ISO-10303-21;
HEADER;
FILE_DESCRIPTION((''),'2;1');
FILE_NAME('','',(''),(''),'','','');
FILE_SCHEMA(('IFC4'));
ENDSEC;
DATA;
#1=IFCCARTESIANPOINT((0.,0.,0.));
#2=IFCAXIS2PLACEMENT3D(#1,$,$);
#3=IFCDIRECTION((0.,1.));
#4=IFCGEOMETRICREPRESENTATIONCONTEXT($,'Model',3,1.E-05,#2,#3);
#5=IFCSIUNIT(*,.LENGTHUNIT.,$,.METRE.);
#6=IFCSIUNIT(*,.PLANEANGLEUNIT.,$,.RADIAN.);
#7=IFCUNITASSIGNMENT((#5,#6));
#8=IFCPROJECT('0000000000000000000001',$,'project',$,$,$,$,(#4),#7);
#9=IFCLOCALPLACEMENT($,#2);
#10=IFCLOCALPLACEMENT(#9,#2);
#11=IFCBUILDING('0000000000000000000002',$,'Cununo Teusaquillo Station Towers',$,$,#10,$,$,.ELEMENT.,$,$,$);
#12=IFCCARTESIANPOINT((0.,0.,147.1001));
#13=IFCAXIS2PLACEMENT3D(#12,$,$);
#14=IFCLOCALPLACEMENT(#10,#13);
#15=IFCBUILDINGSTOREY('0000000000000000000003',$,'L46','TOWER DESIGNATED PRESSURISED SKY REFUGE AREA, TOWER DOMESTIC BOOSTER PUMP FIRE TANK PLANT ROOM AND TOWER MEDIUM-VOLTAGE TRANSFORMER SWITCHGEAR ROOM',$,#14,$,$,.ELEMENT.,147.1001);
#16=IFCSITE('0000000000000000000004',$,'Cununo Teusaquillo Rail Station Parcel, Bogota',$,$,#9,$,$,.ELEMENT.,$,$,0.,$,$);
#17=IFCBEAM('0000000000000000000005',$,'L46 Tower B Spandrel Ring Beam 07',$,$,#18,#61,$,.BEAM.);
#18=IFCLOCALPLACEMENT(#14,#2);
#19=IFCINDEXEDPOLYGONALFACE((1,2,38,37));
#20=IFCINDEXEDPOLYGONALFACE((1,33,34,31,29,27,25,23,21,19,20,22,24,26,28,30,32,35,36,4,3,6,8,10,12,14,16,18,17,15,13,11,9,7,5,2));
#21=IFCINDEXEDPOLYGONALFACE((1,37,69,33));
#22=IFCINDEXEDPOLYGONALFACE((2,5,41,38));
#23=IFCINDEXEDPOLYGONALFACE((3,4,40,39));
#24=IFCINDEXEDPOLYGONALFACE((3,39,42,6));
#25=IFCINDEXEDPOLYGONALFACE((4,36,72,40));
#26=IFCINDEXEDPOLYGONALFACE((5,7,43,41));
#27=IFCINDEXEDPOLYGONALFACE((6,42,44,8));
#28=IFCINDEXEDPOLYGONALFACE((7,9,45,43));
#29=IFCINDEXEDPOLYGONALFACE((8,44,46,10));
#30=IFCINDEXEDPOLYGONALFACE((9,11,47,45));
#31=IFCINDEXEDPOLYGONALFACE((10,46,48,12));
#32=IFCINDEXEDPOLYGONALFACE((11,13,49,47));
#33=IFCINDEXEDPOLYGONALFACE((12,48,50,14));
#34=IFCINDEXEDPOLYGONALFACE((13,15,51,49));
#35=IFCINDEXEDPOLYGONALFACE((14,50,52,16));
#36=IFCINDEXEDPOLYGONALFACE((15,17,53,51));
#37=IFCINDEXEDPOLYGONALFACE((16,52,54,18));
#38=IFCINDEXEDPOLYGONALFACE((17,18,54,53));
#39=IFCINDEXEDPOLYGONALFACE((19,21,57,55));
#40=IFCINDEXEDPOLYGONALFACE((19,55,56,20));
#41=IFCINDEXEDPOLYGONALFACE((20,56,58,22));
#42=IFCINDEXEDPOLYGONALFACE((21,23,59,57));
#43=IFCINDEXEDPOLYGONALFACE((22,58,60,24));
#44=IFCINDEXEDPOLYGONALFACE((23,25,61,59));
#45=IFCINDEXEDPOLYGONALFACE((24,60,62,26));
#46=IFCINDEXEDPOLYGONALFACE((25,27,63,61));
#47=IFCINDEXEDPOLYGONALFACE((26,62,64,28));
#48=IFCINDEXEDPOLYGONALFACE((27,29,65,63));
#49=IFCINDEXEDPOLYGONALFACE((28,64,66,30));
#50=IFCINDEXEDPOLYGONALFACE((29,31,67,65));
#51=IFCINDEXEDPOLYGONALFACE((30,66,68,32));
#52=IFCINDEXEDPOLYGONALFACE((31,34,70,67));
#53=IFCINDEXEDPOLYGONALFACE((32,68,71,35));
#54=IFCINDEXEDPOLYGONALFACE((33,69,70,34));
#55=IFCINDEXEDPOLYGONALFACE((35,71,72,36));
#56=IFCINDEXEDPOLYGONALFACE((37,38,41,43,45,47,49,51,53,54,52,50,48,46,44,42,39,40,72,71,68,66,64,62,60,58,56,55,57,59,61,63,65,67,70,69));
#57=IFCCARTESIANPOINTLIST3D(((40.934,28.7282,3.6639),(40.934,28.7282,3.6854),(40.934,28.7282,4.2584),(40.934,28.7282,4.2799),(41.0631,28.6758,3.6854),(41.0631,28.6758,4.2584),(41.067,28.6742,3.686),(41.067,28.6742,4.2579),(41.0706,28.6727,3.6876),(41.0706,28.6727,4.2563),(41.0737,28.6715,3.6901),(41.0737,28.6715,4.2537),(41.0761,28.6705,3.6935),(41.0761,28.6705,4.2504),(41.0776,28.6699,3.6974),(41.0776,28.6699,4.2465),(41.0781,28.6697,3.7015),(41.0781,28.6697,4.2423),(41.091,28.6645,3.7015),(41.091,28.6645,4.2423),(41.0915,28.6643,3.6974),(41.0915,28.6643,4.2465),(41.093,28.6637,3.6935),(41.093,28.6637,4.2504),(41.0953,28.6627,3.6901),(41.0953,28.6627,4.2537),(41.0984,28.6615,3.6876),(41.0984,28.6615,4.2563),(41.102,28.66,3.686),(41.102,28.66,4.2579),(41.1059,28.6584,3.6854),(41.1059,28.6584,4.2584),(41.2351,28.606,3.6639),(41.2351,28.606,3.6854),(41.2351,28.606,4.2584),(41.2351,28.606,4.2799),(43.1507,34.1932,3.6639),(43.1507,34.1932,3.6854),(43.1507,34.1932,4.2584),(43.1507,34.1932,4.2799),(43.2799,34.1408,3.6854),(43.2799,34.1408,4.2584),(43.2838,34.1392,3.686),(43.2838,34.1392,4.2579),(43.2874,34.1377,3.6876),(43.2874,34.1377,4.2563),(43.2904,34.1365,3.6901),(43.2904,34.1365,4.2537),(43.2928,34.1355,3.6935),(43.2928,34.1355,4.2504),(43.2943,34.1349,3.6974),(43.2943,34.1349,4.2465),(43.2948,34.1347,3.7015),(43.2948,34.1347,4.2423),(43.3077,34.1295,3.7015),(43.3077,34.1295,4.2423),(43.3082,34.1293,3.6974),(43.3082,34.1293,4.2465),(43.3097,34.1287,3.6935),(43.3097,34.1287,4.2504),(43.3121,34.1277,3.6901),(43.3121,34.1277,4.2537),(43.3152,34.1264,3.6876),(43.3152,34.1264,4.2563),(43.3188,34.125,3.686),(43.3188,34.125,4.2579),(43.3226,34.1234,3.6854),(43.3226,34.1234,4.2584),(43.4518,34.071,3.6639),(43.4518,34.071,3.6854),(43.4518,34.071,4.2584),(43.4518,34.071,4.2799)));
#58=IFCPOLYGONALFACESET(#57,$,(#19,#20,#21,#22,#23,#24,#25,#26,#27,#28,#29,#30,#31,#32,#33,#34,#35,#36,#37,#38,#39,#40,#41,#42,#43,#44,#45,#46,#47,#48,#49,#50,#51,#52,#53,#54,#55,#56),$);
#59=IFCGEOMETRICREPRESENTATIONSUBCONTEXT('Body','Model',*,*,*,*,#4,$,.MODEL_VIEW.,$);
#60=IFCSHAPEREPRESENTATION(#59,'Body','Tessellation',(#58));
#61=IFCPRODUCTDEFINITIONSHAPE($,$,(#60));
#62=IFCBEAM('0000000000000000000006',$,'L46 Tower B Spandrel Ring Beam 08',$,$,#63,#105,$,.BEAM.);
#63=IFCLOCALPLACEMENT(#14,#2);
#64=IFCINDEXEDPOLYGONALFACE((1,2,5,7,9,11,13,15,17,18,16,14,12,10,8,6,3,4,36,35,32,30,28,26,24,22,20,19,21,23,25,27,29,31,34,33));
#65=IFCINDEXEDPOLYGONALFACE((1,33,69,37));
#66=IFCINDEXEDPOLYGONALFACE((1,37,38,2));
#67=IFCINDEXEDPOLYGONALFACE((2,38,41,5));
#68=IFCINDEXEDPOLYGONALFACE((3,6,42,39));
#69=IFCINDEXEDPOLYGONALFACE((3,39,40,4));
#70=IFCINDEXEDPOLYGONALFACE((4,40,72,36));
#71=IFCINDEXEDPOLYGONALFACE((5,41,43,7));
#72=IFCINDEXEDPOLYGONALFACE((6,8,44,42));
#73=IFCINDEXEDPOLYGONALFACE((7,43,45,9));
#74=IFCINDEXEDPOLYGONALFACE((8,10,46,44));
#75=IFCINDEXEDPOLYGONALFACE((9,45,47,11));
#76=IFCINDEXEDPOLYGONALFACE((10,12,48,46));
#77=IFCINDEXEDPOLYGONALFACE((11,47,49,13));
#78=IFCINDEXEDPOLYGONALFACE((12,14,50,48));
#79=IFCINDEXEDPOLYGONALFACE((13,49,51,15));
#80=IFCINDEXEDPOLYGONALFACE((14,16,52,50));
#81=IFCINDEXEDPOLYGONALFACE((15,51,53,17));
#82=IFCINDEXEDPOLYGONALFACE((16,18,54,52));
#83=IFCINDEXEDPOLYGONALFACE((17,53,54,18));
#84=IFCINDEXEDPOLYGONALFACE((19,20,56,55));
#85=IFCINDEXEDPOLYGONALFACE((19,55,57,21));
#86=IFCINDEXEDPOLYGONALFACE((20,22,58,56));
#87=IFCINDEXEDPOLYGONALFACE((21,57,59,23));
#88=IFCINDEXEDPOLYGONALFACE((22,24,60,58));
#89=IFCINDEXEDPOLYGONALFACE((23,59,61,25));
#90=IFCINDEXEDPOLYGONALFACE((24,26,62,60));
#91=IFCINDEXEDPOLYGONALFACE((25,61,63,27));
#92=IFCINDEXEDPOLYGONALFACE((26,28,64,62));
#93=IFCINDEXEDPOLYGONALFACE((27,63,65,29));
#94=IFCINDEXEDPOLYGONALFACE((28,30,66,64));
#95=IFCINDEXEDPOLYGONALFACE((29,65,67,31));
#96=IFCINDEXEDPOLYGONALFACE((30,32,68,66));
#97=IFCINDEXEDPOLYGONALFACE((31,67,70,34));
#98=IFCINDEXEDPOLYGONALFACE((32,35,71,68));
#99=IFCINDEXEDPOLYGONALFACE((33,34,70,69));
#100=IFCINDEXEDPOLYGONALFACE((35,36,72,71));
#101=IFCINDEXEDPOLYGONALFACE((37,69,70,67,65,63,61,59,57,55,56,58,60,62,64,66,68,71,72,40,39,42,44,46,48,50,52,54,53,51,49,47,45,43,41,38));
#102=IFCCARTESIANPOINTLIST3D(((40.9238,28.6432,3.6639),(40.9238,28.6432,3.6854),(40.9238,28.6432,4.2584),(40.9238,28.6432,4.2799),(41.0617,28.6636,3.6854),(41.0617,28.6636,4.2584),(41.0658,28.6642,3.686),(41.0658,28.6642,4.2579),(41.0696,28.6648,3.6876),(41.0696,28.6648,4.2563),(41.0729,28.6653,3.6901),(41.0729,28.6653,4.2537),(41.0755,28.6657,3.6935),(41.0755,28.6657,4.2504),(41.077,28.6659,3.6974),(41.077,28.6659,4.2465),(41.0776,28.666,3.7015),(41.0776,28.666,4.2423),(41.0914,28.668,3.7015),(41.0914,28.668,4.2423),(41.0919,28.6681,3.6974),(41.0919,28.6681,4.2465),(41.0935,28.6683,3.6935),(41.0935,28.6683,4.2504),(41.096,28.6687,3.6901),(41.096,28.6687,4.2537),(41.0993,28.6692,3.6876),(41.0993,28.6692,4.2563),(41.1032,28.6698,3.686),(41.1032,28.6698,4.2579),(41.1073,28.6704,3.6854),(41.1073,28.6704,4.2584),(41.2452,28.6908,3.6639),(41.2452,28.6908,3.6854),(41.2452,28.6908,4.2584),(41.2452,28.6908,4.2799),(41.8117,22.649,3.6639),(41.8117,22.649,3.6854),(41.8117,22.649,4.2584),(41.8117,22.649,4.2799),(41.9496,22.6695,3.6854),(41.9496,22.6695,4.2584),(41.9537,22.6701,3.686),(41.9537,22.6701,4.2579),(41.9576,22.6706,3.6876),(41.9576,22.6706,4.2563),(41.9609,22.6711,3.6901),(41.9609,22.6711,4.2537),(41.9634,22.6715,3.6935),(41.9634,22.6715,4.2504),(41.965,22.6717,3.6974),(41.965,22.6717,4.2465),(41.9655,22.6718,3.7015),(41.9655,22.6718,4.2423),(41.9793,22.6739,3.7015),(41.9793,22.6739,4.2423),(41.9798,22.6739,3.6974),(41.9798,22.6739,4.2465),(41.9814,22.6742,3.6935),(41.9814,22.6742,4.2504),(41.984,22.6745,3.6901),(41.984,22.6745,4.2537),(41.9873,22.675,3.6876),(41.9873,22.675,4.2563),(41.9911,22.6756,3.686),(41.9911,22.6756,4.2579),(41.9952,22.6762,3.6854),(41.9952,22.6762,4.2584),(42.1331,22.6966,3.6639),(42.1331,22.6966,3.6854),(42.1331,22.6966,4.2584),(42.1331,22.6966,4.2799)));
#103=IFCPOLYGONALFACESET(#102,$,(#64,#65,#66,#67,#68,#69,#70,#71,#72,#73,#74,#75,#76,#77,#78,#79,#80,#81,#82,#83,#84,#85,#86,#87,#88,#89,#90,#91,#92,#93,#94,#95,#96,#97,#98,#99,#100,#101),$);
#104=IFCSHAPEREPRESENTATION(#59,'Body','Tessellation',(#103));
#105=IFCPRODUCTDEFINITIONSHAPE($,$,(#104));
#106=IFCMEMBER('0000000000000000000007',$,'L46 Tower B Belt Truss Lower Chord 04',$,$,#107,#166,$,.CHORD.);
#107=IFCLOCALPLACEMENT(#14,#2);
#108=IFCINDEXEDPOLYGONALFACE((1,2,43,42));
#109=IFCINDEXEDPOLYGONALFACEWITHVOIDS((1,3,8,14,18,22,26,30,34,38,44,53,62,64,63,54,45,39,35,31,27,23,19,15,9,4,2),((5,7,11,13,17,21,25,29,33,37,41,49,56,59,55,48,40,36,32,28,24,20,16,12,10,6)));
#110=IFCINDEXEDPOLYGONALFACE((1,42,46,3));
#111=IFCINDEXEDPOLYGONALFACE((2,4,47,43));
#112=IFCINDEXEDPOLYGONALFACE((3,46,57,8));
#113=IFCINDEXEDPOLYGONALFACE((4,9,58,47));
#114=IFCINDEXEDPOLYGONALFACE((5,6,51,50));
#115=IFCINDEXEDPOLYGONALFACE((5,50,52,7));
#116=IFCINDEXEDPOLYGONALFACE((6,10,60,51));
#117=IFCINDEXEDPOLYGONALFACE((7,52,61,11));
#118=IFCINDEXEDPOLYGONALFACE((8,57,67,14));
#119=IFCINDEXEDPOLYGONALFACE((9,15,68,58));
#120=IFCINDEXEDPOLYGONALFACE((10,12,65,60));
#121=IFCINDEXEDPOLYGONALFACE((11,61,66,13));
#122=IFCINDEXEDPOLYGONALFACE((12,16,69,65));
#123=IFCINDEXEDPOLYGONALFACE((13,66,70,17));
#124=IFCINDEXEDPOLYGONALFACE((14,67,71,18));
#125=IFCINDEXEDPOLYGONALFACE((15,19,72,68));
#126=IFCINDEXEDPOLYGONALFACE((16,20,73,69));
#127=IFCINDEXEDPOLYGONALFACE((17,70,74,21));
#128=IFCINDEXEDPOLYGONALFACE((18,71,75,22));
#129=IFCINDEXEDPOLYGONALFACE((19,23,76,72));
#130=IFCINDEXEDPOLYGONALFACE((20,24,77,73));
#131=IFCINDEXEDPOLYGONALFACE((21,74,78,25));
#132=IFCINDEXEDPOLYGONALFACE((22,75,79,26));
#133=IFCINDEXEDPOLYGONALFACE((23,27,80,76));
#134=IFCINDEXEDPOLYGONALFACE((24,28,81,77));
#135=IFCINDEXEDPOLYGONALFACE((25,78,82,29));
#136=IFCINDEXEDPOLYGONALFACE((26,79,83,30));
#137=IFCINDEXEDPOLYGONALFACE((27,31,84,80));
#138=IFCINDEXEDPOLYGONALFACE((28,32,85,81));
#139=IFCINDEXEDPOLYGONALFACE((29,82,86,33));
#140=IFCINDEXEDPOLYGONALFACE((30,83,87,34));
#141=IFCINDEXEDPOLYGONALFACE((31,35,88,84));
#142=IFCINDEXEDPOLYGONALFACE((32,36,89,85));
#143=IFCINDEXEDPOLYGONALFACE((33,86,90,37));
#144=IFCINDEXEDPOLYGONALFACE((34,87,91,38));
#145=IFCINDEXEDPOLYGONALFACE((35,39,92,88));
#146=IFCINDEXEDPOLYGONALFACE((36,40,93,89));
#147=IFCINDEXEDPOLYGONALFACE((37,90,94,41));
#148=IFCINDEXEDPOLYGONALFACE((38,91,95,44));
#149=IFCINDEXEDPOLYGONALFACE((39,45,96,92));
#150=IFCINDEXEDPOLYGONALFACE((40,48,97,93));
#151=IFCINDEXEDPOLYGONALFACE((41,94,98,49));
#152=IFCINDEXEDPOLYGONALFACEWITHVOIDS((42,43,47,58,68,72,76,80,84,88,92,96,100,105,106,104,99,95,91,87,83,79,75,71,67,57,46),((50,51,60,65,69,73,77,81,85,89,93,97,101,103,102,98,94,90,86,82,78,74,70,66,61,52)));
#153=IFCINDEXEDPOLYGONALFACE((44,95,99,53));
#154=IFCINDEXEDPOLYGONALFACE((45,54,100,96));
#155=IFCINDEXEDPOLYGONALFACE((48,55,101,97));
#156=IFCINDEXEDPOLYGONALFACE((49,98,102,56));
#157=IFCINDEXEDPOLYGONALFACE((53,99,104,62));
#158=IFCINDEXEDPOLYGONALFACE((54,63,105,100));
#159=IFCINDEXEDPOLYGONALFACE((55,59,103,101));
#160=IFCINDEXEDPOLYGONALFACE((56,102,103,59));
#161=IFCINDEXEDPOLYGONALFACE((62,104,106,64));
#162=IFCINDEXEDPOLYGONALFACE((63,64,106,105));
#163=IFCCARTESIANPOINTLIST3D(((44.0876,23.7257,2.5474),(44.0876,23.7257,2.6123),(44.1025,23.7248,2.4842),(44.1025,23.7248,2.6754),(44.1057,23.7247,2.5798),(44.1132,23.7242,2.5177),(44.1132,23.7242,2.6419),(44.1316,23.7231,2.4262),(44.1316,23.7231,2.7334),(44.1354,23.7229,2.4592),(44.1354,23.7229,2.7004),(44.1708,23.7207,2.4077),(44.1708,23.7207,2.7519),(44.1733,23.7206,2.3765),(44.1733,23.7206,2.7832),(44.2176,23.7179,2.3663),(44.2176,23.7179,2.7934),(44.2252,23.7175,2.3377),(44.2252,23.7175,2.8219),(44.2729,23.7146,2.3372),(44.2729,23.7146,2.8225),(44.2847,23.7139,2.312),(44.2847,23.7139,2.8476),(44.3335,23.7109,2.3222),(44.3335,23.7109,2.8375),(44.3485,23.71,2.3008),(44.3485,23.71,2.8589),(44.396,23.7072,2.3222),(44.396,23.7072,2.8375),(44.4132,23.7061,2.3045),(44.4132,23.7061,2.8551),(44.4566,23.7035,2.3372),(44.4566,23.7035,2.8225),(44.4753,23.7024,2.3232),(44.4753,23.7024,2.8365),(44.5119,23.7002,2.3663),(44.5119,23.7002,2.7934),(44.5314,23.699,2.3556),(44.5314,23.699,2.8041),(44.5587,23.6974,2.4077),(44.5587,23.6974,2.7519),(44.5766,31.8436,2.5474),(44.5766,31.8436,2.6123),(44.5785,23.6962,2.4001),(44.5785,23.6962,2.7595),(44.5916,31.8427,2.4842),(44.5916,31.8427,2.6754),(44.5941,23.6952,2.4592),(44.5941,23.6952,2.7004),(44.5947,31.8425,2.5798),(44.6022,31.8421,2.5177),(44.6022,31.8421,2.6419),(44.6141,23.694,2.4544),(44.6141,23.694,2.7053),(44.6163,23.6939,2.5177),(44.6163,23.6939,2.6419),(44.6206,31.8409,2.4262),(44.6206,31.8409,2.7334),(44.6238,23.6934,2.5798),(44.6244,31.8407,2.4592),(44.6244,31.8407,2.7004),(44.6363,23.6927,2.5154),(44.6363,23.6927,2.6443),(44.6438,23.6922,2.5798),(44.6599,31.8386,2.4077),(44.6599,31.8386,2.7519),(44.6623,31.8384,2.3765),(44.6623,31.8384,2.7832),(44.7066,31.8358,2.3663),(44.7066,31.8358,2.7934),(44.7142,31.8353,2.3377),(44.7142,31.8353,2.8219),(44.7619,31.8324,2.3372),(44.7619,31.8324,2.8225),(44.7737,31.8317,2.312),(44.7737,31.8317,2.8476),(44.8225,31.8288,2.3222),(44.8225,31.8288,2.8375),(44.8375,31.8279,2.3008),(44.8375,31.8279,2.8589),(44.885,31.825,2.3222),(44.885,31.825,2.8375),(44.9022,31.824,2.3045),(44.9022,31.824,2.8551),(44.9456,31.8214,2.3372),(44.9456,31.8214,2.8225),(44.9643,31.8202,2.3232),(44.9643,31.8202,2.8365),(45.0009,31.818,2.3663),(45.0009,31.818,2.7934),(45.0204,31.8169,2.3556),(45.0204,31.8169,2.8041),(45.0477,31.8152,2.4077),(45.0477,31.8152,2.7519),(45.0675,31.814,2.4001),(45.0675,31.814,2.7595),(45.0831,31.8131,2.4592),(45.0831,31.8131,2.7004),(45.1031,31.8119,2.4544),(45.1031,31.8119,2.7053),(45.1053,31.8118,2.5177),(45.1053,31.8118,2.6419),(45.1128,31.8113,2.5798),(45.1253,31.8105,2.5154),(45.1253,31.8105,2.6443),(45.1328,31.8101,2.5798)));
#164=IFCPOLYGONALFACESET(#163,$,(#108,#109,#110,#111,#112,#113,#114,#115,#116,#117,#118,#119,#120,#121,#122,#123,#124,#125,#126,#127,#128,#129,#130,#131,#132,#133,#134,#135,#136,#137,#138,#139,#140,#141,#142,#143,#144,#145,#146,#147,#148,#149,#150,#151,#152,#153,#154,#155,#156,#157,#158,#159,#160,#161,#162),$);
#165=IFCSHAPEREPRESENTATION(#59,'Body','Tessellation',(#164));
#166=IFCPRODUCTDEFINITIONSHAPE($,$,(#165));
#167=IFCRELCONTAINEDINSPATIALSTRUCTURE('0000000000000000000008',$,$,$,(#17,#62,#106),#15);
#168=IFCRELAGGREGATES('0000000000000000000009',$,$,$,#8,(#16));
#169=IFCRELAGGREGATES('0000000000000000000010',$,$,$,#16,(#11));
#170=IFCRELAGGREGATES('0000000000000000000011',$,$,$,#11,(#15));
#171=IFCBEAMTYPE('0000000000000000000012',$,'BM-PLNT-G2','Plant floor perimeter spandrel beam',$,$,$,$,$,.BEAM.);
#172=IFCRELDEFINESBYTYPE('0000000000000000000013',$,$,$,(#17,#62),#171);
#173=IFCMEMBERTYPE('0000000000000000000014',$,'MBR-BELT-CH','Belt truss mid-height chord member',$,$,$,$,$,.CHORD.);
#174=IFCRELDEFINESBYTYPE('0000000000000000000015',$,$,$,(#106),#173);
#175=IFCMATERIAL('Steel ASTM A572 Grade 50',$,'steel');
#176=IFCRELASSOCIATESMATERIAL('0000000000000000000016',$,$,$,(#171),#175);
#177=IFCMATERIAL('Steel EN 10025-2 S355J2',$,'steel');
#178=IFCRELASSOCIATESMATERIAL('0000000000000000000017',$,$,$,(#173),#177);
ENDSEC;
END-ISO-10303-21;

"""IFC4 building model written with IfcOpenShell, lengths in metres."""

from ifc_helpers import new_model, si_unit, direction, frame, origin, origin_2d, place, context, subcontext, project, spatial, hollow_circle, i_section, extrude, material, material_profile, profile_set, type_object, element, save


model = new_model("IFC4")

# Units and contexts
model_context = context("Model", 3, precision=1e-05, world=origin(), true_north=direction((0.0, 1.0)))
body_context = subcontext(model_context, "Body", "Model", "MODEL_VIEW")
ifc_project = project(units=[si_unit("LENGTHUNIT", "METRE"), si_unit("PLANEANGLEUNIT", "RADIAN")], contexts=[model_context])

# Site, building, storey
site_placement = place(None, origin())
site = spatial("IfcSite", under=ifc_project, at=site_placement, Name="Cununo Teusaquillo Rail Station Parcel, Bogota", CompositionType="ELEMENT", RefElevation=0.0)
building_placement = place(site_placement, origin())
building = spatial("IfcBuilding", under=site, at=building_placement, Name="Cununo Teusaquillo Station Towers", CompositionType="ELEMENT")
storey_placement = place(building_placement, frame((0.0, 0.0, 147.1001)))
storey = spatial("IfcBuildingStorey", under=building, at=storey_placement, Name="L46", Description="TOWER DESIGNATED PRESSURISED SKY REFUGE AREA, TOWER DOMESTIC BOOSTER PUMP FIRE TANK PLANT ROOM AND TOWER MEDIUM-VOLTAGE TRANSFORMER SWITCHGEAR ROOM", CompositionType="ELEMENT", Elevation=147.1001)

# Beams
ifc_material_1 = material(Name="Steel ASTM A572 Grade 50", Category="steel")
ifc_material_profile_1 = material_profile(ifc_material_1, i_section(OverallWidth=0.325, OverallDepth=0.616, WebThickness=0.0139, FlangeThickness=0.0215, FilletRadius=0.0161, at=origin_2d()), Name="W24X117")
ifc_profile_set_1 = profile_set([ifc_material_profile_1], Name="Steel ASTM A572 Grade 50")
beam_type_1 = type_object("IfcBeamType", Name="BM-PLNT-G2", Description="Plant floor perimeter spandrel beam", PredefinedType="BEAM", material=ifc_profile_set_1)
beam_1_placement = place(storey_placement, frame((43.3013, 34.1321, 3.9719), z_axis=(-0.375883, -0.926667, 0.0), x_axis=(0.926667, -0.375883, 0.0)))
element("IfcBeam", 1, at=beam_1_placement, inside=storey, type_object=beam_type_1, Name="L46 Tower B Spandrel Ring Beam 07", PredefinedType="BEAM", context=body_context, shape_type="SweptSolid", body=[
    extrude(i_section(OverallWidth=0.325, OverallDepth=0.616, WebThickness=0.0139, FlangeThickness=0.0215, FilletRadius=0.0161, at=origin_2d()), origin(), (0.0, 0.0, 1.0), 5.8975),
])
beam_2_placement = place(storey_placement, frame((41.0845, 28.667, 3.9719), z_axis=(0.146536, -0.989205, 0.0), x_axis=(0.989205, 0.146536, 0.0)))
element("IfcBeam", 2, at=beam_2_placement, inside=storey, type_object=beam_type_1, Name="L46 Tower B Spandrel Ring Beam 08", PredefinedType="BEAM", context=body_context, shape_type="SweptSolid", body=[
    extrude(i_section(OverallWidth=0.325, OverallDepth=0.616, WebThickness=0.0139, FlangeThickness=0.0215, FilletRadius=0.0161, at=origin_2d()), origin(), (0.0, 0.0, 1.0), 6.0596),
])

# Member
ifc_material_2 = material(Name="Steel EN 10025-2 S355J2", Category="steel")
ifc_material_profile_2 = material_profile(ifc_material_2, hollow_circle(Radius=0.2795, WallThickness=0.02, at=origin_2d()), Name="CHS 559x20")
ifc_profile_set_2 = profile_set([ifc_material_profile_2], Name="Steel EN 10025-2 S355J2")
member_type_1 = type_object("IfcMemberType", Name="MBR-BELT-CH", Description="Belt truss mid-height chord member", PredefinedType="CHORD", material=ifc_profile_set_2)
member_1_placement = place(storey_placement, frame((44.8538, 31.8269, 2.5798), z_axis=(-0.06013, -0.998191, 0.0), x_axis=(0.998191, -0.06013, 0.0)))
element("IfcMember", 3, at=member_1_placement, inside=storey, type_object=member_type_1, Name="L46 Tower B Belt Truss Lower Chord 04", PredefinedType="CHORD", context=body_context, shape_type="SweptSolid", body=[
    extrude(hollow_circle(Radius=0.2795, WallThickness=0.02, at=origin_2d()), origin(), (0.0, 0.0, 1.0), 8.1326),
])

save(model, "model.ifc")
